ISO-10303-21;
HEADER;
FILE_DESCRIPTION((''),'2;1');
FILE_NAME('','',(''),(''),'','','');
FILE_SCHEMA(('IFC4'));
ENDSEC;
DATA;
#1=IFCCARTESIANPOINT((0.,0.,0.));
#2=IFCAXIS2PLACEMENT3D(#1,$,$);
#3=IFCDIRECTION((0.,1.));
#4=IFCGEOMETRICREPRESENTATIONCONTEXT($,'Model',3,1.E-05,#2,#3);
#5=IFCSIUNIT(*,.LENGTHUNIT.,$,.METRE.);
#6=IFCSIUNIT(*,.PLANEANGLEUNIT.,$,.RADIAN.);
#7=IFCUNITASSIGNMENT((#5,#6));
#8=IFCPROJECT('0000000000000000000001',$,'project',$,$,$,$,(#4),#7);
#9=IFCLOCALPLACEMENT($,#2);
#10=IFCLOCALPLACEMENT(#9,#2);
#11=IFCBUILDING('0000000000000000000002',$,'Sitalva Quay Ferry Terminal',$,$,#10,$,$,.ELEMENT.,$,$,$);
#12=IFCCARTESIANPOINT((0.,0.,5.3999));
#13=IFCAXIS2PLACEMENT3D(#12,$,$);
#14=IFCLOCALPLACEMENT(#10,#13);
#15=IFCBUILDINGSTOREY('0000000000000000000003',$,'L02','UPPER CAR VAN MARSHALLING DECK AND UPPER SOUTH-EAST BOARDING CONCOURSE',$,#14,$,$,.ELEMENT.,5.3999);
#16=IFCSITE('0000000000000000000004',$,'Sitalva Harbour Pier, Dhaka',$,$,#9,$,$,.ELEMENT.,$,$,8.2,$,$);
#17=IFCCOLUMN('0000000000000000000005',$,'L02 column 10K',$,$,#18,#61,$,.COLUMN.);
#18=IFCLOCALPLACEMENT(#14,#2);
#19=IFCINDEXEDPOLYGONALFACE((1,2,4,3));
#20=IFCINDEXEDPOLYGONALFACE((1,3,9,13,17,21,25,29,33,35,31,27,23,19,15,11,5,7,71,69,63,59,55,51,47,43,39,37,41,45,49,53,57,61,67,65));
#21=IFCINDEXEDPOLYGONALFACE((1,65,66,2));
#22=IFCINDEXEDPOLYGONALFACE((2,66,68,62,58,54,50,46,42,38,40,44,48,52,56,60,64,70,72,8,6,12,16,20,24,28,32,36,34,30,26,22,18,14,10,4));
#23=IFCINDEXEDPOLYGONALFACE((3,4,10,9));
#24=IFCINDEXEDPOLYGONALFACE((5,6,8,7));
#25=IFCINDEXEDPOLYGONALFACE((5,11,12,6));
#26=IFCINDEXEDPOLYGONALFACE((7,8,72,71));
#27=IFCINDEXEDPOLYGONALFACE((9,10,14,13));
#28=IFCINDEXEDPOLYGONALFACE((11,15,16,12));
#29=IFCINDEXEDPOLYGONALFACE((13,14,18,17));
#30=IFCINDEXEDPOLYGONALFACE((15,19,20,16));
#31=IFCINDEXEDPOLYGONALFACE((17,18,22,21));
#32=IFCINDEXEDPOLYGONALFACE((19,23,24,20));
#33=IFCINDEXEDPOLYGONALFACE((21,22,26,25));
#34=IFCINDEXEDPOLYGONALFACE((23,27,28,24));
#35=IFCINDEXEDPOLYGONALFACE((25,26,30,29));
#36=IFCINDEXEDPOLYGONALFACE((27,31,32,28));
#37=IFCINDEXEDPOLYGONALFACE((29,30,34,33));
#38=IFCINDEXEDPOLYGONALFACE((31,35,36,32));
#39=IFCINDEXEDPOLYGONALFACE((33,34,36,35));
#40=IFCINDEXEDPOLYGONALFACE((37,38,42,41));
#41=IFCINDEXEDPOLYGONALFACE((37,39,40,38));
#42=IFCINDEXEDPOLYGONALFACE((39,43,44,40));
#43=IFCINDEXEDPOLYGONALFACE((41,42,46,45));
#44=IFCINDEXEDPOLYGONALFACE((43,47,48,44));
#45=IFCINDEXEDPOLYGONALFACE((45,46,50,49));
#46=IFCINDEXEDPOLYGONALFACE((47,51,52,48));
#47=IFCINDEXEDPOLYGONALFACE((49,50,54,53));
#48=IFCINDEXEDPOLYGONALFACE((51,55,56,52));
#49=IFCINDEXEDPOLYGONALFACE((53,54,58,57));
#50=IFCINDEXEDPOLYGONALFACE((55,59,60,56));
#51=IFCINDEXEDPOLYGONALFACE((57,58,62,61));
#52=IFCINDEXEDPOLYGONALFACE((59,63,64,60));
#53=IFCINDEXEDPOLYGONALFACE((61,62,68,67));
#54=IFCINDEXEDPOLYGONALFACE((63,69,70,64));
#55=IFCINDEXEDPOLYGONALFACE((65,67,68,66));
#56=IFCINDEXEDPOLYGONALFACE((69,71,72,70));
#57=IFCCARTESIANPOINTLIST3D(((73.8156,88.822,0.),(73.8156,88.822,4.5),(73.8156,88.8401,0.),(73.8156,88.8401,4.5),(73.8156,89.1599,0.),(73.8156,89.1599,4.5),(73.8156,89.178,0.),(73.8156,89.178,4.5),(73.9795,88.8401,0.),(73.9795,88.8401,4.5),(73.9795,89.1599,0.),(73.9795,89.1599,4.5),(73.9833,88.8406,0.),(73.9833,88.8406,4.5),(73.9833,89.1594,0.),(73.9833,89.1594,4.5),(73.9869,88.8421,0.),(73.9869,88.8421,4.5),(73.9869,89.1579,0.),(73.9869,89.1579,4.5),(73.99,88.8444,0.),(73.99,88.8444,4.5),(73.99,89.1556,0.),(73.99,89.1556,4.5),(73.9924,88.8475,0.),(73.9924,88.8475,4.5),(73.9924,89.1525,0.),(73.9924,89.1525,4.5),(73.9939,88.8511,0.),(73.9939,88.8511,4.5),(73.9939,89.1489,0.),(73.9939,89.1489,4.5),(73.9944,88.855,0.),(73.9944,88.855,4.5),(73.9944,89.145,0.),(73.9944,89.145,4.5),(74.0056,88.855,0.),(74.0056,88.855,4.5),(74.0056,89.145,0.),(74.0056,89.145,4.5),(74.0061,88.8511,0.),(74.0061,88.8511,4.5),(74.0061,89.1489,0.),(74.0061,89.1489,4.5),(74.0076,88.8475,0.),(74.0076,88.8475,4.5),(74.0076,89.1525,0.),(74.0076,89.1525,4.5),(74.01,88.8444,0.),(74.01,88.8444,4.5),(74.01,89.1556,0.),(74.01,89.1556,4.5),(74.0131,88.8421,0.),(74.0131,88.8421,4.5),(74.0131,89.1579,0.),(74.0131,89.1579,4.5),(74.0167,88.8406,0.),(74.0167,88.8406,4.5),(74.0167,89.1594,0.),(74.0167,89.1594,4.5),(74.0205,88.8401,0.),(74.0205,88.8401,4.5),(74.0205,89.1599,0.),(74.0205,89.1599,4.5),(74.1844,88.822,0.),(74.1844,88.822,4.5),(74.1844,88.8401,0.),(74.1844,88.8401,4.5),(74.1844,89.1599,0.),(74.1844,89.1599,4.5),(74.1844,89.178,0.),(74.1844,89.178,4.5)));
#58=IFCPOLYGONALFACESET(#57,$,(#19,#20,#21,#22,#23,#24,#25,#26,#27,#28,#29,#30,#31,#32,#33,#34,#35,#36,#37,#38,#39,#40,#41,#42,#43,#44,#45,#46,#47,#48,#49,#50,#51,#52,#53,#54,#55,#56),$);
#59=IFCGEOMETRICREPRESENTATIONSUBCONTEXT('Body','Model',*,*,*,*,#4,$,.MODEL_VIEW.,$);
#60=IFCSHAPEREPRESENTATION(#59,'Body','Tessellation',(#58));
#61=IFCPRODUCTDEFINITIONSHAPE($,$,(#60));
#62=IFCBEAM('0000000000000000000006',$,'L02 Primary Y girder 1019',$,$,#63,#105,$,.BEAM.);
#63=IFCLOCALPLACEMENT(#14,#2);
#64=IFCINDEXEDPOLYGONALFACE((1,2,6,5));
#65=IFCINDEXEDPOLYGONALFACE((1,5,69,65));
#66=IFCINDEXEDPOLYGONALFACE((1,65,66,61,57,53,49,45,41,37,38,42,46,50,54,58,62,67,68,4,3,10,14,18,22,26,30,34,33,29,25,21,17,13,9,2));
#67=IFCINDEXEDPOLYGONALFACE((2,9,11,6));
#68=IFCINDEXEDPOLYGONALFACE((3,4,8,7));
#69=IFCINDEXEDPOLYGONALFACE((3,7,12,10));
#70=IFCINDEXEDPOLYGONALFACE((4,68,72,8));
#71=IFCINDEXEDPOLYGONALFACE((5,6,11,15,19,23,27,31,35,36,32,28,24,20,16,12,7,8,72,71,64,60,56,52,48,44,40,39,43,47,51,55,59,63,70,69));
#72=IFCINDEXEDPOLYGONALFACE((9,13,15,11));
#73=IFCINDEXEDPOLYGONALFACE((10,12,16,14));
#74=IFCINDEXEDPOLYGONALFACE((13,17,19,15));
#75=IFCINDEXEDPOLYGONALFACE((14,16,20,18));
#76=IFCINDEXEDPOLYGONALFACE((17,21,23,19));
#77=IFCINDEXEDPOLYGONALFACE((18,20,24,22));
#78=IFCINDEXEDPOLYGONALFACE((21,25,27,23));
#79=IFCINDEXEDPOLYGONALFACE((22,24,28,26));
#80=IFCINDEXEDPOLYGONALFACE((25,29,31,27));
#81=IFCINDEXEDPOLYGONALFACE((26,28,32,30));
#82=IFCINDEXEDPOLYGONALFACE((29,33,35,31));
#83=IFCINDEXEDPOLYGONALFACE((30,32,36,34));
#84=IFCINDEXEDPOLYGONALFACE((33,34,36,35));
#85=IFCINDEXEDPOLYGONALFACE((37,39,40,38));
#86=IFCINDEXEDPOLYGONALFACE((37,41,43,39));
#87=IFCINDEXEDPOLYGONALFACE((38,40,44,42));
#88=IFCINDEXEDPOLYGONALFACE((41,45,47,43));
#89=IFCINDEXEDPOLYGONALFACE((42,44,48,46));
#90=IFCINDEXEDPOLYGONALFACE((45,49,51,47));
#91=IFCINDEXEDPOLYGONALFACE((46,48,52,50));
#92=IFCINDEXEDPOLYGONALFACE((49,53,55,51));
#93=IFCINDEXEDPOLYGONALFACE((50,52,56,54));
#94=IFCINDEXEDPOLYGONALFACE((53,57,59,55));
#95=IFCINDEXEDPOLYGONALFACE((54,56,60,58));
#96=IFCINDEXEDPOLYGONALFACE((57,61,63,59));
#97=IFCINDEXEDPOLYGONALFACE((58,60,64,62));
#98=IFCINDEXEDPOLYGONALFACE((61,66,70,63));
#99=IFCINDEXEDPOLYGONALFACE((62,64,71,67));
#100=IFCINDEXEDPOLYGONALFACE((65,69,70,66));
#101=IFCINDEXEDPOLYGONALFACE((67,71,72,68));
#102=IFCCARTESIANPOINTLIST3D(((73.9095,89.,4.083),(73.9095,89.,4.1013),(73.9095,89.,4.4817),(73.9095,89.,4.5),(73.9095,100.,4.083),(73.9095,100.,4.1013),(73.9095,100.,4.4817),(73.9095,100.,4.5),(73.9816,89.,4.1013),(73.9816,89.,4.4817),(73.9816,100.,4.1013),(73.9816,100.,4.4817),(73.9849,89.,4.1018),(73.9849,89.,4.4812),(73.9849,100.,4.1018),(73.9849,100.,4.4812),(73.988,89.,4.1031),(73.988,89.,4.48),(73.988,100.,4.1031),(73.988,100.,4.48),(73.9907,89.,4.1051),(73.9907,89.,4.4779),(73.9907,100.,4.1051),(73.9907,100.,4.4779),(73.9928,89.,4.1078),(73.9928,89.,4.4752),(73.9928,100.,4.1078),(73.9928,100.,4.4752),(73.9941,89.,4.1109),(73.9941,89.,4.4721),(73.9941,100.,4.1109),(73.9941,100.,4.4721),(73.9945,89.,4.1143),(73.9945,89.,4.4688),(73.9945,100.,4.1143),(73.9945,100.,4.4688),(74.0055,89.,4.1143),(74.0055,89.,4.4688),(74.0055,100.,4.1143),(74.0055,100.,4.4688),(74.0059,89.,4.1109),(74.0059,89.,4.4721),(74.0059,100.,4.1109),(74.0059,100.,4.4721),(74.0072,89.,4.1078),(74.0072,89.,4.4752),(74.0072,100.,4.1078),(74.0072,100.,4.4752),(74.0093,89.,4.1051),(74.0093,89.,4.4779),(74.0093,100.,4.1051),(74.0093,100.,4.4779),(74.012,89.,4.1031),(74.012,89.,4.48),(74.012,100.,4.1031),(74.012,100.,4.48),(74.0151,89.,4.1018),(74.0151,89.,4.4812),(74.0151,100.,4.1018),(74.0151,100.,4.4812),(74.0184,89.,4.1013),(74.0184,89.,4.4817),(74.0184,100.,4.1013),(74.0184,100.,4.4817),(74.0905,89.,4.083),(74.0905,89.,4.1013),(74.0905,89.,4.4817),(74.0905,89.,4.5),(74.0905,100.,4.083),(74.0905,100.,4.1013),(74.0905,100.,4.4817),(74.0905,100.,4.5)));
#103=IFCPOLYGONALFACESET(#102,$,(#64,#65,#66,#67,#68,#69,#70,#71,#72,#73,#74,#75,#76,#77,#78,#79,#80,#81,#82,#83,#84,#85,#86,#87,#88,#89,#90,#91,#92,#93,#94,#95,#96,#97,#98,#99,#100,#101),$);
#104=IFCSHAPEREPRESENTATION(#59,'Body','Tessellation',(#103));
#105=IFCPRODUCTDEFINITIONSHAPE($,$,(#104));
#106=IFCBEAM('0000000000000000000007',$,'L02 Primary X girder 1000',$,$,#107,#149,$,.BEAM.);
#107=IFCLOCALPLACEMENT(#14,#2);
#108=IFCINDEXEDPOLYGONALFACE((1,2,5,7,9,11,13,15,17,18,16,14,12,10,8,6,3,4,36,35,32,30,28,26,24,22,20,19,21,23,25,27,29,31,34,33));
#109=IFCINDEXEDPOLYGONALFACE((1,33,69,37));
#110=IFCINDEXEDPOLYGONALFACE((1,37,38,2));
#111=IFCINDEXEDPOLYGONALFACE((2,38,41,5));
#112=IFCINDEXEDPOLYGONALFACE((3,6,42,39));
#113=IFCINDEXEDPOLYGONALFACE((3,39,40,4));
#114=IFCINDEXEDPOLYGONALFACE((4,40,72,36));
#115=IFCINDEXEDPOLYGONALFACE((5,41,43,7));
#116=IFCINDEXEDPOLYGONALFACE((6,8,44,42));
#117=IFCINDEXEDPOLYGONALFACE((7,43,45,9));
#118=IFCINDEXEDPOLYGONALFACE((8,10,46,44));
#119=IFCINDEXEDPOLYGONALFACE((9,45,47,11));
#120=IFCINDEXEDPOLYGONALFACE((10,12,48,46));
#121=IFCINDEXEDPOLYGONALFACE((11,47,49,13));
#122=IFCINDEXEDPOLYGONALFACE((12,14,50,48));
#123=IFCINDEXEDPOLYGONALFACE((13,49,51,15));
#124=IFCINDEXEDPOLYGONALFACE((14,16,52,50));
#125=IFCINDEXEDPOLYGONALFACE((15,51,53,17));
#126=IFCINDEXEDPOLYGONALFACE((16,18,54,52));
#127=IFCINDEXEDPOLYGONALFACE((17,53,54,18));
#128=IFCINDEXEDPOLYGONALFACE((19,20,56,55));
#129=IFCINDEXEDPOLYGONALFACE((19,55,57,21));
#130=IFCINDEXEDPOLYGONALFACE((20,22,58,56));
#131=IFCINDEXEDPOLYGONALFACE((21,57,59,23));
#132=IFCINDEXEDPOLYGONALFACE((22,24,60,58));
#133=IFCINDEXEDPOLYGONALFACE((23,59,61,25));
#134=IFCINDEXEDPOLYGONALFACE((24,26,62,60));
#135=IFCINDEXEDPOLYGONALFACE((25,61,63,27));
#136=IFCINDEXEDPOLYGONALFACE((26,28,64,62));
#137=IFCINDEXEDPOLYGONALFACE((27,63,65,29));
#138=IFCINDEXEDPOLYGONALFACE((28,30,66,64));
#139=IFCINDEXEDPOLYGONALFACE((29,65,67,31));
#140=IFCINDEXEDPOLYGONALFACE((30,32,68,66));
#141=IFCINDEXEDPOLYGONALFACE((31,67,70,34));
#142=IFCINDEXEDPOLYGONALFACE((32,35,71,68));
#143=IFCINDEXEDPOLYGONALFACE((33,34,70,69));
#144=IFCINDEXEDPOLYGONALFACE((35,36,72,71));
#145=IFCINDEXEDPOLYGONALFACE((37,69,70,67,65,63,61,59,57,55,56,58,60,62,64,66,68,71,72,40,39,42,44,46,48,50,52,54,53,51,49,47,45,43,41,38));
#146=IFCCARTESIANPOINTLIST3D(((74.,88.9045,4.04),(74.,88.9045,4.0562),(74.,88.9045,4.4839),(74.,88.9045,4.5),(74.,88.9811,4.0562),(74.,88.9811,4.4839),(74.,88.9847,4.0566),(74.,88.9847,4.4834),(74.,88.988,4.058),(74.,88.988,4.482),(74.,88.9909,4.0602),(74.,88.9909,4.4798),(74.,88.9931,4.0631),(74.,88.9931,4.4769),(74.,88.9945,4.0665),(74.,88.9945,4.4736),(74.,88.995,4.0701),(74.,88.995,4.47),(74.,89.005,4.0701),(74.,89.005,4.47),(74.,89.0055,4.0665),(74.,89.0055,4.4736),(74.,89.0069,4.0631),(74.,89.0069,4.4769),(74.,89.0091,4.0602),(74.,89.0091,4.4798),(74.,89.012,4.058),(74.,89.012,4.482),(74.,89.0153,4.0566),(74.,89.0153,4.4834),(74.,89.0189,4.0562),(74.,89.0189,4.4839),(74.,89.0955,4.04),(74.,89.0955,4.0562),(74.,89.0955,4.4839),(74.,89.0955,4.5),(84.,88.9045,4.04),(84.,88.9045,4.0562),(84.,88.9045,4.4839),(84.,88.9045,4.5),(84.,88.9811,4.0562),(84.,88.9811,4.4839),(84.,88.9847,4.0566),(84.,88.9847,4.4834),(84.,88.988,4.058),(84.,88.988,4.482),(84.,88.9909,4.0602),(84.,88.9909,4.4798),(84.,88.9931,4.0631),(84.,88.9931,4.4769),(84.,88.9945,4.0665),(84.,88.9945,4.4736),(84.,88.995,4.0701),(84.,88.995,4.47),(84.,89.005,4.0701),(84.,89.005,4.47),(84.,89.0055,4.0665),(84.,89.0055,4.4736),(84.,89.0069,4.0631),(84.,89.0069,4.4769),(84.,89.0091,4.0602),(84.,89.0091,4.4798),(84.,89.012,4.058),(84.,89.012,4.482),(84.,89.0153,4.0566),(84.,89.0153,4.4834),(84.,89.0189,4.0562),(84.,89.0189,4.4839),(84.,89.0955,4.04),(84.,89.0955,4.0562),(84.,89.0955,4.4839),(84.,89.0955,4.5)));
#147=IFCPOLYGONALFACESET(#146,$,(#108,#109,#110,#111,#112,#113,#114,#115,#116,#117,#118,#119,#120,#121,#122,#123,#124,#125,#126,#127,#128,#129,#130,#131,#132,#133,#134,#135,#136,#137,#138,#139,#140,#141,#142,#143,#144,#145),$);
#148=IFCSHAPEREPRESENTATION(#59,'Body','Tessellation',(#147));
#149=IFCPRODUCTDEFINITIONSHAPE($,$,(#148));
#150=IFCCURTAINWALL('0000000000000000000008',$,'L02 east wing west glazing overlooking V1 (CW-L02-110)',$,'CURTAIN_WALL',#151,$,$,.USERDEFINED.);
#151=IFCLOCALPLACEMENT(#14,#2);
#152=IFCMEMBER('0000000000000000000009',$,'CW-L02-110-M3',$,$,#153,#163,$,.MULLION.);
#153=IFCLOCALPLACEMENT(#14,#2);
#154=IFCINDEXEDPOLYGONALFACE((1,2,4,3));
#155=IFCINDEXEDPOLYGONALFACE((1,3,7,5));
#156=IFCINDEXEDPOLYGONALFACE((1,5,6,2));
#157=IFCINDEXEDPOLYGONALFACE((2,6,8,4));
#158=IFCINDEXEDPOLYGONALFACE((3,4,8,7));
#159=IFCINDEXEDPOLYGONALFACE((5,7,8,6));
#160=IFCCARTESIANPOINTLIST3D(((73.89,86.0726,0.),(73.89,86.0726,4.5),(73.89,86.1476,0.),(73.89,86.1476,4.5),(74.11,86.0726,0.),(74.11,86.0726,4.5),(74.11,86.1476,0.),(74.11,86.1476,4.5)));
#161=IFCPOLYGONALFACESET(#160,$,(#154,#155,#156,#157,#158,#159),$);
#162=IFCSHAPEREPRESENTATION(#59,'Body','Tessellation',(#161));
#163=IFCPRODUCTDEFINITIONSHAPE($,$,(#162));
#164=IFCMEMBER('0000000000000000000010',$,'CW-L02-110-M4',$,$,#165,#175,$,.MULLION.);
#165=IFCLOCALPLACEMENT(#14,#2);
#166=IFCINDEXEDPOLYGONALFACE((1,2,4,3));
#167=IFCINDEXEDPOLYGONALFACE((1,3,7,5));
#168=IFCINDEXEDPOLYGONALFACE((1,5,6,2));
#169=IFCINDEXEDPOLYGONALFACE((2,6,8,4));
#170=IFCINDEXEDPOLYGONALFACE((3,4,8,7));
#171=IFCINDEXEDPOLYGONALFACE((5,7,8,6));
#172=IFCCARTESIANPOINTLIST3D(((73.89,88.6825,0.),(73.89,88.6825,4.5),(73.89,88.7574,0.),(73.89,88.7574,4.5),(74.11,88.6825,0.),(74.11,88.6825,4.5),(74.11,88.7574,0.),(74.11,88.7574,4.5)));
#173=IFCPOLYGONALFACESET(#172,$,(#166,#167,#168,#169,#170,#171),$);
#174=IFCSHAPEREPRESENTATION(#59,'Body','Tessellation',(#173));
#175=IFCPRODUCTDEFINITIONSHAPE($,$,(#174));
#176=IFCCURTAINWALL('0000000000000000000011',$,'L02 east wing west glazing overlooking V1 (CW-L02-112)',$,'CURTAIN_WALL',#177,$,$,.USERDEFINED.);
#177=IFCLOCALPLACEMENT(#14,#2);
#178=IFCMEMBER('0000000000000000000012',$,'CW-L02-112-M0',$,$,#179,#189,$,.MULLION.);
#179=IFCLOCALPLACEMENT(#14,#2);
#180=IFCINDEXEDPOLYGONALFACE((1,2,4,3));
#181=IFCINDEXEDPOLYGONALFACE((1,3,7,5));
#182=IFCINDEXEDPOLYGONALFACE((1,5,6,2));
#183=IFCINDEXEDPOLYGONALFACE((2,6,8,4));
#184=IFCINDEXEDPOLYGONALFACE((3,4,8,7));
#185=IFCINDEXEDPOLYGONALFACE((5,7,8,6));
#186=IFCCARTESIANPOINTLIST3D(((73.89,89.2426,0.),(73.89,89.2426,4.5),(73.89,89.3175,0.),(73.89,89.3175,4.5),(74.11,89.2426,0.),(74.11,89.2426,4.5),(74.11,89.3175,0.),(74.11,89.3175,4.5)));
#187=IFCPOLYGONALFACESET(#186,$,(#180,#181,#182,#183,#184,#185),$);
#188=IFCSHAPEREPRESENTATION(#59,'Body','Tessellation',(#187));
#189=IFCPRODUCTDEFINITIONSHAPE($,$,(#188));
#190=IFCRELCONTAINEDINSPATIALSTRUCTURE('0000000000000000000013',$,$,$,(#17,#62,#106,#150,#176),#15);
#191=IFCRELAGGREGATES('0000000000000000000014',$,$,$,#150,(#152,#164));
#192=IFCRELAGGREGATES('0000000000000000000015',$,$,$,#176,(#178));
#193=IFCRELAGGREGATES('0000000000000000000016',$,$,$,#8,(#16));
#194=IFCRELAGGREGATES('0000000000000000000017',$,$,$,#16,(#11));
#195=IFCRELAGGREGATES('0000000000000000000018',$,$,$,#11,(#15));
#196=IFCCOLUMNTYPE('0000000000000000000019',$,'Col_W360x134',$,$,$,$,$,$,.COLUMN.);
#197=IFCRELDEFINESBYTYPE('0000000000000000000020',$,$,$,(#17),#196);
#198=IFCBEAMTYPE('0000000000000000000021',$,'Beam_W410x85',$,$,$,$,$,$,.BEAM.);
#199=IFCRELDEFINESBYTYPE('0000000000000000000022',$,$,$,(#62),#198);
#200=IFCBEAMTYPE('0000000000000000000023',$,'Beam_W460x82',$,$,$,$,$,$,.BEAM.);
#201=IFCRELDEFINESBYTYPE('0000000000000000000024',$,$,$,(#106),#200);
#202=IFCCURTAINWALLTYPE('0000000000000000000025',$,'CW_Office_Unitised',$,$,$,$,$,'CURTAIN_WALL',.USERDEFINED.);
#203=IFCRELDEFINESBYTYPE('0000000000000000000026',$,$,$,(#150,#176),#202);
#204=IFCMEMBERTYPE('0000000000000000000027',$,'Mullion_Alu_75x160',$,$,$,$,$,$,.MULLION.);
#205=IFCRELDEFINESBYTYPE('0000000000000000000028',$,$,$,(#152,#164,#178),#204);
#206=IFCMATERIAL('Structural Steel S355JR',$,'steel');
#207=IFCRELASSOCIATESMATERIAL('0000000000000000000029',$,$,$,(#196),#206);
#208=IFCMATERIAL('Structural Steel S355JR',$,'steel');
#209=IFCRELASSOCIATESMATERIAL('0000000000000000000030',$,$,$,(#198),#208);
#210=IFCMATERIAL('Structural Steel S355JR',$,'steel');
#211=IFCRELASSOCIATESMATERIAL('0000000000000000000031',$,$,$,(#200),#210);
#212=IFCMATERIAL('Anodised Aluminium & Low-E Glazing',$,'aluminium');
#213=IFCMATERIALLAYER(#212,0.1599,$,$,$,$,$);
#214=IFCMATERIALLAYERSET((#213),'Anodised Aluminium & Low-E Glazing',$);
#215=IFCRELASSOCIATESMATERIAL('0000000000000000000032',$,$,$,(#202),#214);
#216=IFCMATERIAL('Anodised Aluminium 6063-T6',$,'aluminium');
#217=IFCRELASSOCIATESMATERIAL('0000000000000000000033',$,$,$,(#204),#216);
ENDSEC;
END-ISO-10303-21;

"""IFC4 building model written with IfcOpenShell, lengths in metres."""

from ifc_helpers import new_model, si_unit, direction, frame, origin, origin_2d, place, context, subcontext, project, spatial, rectangle, i_section, extrude, material, layer, layer_set, material_profile, profile_set, type_object, element, aggregate, save


model = new_model("IFC4")

# Units and contexts
model_context = context("Model", 3, precision=1e-05, world=origin(), true_north=direction((0.0, 1.0)))
body_context = subcontext(model_context, "Body", "Model", "MODEL_VIEW")
ifc_project = project(units=[si_unit("LENGTHUNIT", "METRE"), si_unit("PLANEANGLEUNIT", "RADIAN")], contexts=[model_context])

# Site, building, storey
site_placement = place(None, origin())
site = spatial("IfcSite", under=ifc_project, at=site_placement, Name="Sitalva Harbour Pier, Dhaka", CompositionType="ELEMENT", RefElevation=8.2)
building_placement = place(site_placement, origin())
building = spatial("IfcBuilding", under=site, at=building_placement, Name="Sitalva Quay Ferry Terminal", CompositionType="ELEMENT")
storey_placement = place(building_placement, frame((0.0, 0.0, 5.3999)))
storey = spatial("IfcBuildingStorey", under=building, at=storey_placement, Name="L02", Description="UPPER CAR VAN MARSHALLING DECK AND UPPER SOUTH-EAST BOARDING CONCOURSE", CompositionType="ELEMENT", Elevation=5.3999)

# Column
ifc_material_1 = material(Name="Structural Steel S355JR", Category="steel")
ifc_material_profile_1 = material_profile(ifc_material_1, i_section(OverallWidth=0.3689, OverallDepth=0.356, WebThickness=0.0112, FlangeThickness=0.0181, FilletRadius=0.0149, at=origin_2d()), Name="W360x134")
ifc_profile_set_1 = profile_set([ifc_material_profile_1], Name="Structural Steel S355JR")
column_type = type_object("IfcColumnType", Name="Col_W360x134", PredefinedType="COLUMN", material=ifc_profile_set_1)
column_placement = place(storey_placement, frame((74.0, 89.0, 0.0), z_axis=(0.0, 0.0, 1.0), x_axis=(1.0, 0.0, 0.0)))
element("IfcColumn", 1, at=column_placement, inside=storey, type_object=column_type, Name="L02 column 10K", PredefinedType="COLUMN", context=body_context, shape_type="SweptSolid", body=[
    extrude(i_section(OverallWidth=0.3689, OverallDepth=0.356, WebThickness=0.0112, FlangeThickness=0.0181, FilletRadius=0.0149, at=origin_2d()), origin(), (0.0, 0.0, 1.0), 4.5),
])

# Beams
ifc_material_2 = material(Name="Structural Steel S355JR", Category="steel")
ifc_material_profile_2 = material_profile(ifc_material_2, i_section(OverallWidth=0.1809, OverallDepth=0.417, WebThickness=0.011, FlangeThickness=0.0183, FilletRadius=0.0129, at=origin_2d()), Name="W410x85")
ifc_profile_set_2 = profile_set([ifc_material_profile_2], Name="Structural Steel S355JR")
beam_type_1 = type_object("IfcBeamType", Name="Beam_W410x85", PredefinedType="BEAM", material=ifc_profile_set_2)
beam_1_placement = place(storey_placement, frame((74.0, 89.0, 4.2915), z_axis=(0.0, 1.0, 0.0), x_axis=(-1.0, 0.0, 0.0)))
element("IfcBeam", 2, at=beam_1_placement, inside=storey, type_object=beam_type_1, Name="L02 Primary Y girder 1019", PredefinedType="BEAM", context=body_context, shape_type="SweptSolid", body=[
    extrude(i_section(OverallWidth=0.1809, OverallDepth=0.417, WebThickness=0.011, FlangeThickness=0.0183, FilletRadius=0.0129, at=origin_2d()), origin(), (0.0, 0.0, 1.0), 11.0),
])
ifc_material_3 = material(Name="Structural Steel S355JR", Category="steel")
ifc_material_profile_3 = material_profile(ifc_material_3, i_section(OverallWidth=0.1909, OverallDepth=0.46, WebThickness=0.01, FlangeThickness=0.0161, FilletRadius=0.0139, at=origin_2d()), Name="W460x82")
ifc_profile_set_3 = profile_set([ifc_material_profile_3], Name="Structural Steel S355JR")
beam_type_2 = type_object("IfcBeamType", Name="Beam_W460x82", PredefinedType="BEAM", material=ifc_profile_set_3)
beam_2_placement = place(storey_placement, frame((74.0, 89.0, 4.27), z_axis=(1.0, 0.0, 0.0), x_axis=(0.0, 1.0, 0.0)))
element("IfcBeam", 3, at=beam_2_placement, inside=storey, type_object=beam_type_2, Name="L02 Primary X girder 1000", PredefinedType="BEAM", context=body_context, shape_type="SweptSolid", body=[
    extrude(i_section(OverallWidth=0.1909, OverallDepth=0.46, WebThickness=0.01, FlangeThickness=0.0161, FilletRadius=0.0139, at=origin_2d()), origin(), (0.0, 0.0, 1.0), 10.0),
])

# Curtain walls, members
ifc_material_4 = material(Name="Anodised Aluminium & Low-E Glazing", Category="aluminium")
ifc_layer_1 = layer(ifc_material_4, 0.1599)
ifc_layer_set_1 = layer_set([ifc_layer_1], Name="Anodised Aluminium & Low-E Glazing")
curtain_wall_type = type_object("IfcCurtainWallType", Name="CW_Office_Unitised", ElementType="CURTAIN_WALL", PredefinedType="USERDEFINED", material=ifc_layer_set_1)
curtain_wall_1_placement = place(storey_placement, origin())
curtain_wall_1 = element("IfcCurtainWall", 4, at=curtain_wall_1_placement, inside=storey, type_object=curtain_wall_type, Name="L02 east wing west glazing overlooking V1 (CW-L02-110)", ObjectType="CURTAIN_WALL", PredefinedType="USERDEFINED")
ifc_material_5 = material(Name="Anodised Aluminium 6063-T6", Category="aluminium")
ifc_material_profile_4 = material_profile(ifc_material_5, rectangle(XDim=0.075, YDim=0.22, at=origin_2d()), Name="ALU75x220")
ifc_profile_set_4 = profile_set([ifc_material_profile_4], Name="Anodised Aluminium 6063-T6")
member_type_1 = type_object("IfcMemberType", Name="Mullion_Alu_75x160", PredefinedType="MULLION", material=ifc_profile_set_4)
member_1_placement = place(storey_placement, frame((74.0, 86.1101, 0.0), z_axis=(0.0, 0.0, 1.0), x_axis=(0.0, 1.0, 0.0)))
member_1 = element("IfcMember", 5, at=member_1_placement, type_object=member_type_1, Name="CW-L02-110-M3", PredefinedType="MULLION", context=body_context, shape_type="SweptSolid", body=[
    extrude(rectangle(XDim=0.075, YDim=0.22, at=origin_2d()), origin(), (0.0, 0.0, 1.0), 4.5),
])
member_2_placement = place(storey_placement, frame((74.0, 88.72, 0.0), z_axis=(0.0, 0.0, 1.0), x_axis=(0.0, 1.0, 0.0)))
member_2 = element("IfcMember", 6, at=member_2_placement, type_object=member_type_1, Name="CW-L02-110-M4", PredefinedType="MULLION", context=body_context, shape_type="SweptSolid", body=[
    extrude(rectangle(XDim=0.075, YDim=0.22, at=origin_2d()), origin(), (0.0, 0.0, 1.0), 4.5),
])
curtain_wall_2_placement = place(storey_placement, origin())
curtain_wall_2 = element("IfcCurtainWall", 7, at=curtain_wall_2_placement, inside=storey, type_object=curtain_wall_type, Name="L02 east wing west glazing overlooking V1 (CW-L02-112)", ObjectType="CURTAIN_WALL", PredefinedType="USERDEFINED")
member_3_placement = place(storey_placement, frame((74.0, 89.28, 0.0), z_axis=(0.0, 0.0, 1.0), x_axis=(0.0, 1.0, 0.0)))
member_3 = element("IfcMember", 8, at=member_3_placement, type_object=member_type_1, Name="CW-L02-112-M0", PredefinedType="MULLION", context=body_context, shape_type="SweptSolid", body=[
    extrude(rectangle(XDim=0.075, YDim=0.22, at=origin_2d()), origin(), (0.0, 0.0, 1.0), 4.5),
])

aggregate(curtain_wall_1, [member_1, member_2])
aggregate(curtain_wall_2, [member_3])

save(model, "model.ifc")
